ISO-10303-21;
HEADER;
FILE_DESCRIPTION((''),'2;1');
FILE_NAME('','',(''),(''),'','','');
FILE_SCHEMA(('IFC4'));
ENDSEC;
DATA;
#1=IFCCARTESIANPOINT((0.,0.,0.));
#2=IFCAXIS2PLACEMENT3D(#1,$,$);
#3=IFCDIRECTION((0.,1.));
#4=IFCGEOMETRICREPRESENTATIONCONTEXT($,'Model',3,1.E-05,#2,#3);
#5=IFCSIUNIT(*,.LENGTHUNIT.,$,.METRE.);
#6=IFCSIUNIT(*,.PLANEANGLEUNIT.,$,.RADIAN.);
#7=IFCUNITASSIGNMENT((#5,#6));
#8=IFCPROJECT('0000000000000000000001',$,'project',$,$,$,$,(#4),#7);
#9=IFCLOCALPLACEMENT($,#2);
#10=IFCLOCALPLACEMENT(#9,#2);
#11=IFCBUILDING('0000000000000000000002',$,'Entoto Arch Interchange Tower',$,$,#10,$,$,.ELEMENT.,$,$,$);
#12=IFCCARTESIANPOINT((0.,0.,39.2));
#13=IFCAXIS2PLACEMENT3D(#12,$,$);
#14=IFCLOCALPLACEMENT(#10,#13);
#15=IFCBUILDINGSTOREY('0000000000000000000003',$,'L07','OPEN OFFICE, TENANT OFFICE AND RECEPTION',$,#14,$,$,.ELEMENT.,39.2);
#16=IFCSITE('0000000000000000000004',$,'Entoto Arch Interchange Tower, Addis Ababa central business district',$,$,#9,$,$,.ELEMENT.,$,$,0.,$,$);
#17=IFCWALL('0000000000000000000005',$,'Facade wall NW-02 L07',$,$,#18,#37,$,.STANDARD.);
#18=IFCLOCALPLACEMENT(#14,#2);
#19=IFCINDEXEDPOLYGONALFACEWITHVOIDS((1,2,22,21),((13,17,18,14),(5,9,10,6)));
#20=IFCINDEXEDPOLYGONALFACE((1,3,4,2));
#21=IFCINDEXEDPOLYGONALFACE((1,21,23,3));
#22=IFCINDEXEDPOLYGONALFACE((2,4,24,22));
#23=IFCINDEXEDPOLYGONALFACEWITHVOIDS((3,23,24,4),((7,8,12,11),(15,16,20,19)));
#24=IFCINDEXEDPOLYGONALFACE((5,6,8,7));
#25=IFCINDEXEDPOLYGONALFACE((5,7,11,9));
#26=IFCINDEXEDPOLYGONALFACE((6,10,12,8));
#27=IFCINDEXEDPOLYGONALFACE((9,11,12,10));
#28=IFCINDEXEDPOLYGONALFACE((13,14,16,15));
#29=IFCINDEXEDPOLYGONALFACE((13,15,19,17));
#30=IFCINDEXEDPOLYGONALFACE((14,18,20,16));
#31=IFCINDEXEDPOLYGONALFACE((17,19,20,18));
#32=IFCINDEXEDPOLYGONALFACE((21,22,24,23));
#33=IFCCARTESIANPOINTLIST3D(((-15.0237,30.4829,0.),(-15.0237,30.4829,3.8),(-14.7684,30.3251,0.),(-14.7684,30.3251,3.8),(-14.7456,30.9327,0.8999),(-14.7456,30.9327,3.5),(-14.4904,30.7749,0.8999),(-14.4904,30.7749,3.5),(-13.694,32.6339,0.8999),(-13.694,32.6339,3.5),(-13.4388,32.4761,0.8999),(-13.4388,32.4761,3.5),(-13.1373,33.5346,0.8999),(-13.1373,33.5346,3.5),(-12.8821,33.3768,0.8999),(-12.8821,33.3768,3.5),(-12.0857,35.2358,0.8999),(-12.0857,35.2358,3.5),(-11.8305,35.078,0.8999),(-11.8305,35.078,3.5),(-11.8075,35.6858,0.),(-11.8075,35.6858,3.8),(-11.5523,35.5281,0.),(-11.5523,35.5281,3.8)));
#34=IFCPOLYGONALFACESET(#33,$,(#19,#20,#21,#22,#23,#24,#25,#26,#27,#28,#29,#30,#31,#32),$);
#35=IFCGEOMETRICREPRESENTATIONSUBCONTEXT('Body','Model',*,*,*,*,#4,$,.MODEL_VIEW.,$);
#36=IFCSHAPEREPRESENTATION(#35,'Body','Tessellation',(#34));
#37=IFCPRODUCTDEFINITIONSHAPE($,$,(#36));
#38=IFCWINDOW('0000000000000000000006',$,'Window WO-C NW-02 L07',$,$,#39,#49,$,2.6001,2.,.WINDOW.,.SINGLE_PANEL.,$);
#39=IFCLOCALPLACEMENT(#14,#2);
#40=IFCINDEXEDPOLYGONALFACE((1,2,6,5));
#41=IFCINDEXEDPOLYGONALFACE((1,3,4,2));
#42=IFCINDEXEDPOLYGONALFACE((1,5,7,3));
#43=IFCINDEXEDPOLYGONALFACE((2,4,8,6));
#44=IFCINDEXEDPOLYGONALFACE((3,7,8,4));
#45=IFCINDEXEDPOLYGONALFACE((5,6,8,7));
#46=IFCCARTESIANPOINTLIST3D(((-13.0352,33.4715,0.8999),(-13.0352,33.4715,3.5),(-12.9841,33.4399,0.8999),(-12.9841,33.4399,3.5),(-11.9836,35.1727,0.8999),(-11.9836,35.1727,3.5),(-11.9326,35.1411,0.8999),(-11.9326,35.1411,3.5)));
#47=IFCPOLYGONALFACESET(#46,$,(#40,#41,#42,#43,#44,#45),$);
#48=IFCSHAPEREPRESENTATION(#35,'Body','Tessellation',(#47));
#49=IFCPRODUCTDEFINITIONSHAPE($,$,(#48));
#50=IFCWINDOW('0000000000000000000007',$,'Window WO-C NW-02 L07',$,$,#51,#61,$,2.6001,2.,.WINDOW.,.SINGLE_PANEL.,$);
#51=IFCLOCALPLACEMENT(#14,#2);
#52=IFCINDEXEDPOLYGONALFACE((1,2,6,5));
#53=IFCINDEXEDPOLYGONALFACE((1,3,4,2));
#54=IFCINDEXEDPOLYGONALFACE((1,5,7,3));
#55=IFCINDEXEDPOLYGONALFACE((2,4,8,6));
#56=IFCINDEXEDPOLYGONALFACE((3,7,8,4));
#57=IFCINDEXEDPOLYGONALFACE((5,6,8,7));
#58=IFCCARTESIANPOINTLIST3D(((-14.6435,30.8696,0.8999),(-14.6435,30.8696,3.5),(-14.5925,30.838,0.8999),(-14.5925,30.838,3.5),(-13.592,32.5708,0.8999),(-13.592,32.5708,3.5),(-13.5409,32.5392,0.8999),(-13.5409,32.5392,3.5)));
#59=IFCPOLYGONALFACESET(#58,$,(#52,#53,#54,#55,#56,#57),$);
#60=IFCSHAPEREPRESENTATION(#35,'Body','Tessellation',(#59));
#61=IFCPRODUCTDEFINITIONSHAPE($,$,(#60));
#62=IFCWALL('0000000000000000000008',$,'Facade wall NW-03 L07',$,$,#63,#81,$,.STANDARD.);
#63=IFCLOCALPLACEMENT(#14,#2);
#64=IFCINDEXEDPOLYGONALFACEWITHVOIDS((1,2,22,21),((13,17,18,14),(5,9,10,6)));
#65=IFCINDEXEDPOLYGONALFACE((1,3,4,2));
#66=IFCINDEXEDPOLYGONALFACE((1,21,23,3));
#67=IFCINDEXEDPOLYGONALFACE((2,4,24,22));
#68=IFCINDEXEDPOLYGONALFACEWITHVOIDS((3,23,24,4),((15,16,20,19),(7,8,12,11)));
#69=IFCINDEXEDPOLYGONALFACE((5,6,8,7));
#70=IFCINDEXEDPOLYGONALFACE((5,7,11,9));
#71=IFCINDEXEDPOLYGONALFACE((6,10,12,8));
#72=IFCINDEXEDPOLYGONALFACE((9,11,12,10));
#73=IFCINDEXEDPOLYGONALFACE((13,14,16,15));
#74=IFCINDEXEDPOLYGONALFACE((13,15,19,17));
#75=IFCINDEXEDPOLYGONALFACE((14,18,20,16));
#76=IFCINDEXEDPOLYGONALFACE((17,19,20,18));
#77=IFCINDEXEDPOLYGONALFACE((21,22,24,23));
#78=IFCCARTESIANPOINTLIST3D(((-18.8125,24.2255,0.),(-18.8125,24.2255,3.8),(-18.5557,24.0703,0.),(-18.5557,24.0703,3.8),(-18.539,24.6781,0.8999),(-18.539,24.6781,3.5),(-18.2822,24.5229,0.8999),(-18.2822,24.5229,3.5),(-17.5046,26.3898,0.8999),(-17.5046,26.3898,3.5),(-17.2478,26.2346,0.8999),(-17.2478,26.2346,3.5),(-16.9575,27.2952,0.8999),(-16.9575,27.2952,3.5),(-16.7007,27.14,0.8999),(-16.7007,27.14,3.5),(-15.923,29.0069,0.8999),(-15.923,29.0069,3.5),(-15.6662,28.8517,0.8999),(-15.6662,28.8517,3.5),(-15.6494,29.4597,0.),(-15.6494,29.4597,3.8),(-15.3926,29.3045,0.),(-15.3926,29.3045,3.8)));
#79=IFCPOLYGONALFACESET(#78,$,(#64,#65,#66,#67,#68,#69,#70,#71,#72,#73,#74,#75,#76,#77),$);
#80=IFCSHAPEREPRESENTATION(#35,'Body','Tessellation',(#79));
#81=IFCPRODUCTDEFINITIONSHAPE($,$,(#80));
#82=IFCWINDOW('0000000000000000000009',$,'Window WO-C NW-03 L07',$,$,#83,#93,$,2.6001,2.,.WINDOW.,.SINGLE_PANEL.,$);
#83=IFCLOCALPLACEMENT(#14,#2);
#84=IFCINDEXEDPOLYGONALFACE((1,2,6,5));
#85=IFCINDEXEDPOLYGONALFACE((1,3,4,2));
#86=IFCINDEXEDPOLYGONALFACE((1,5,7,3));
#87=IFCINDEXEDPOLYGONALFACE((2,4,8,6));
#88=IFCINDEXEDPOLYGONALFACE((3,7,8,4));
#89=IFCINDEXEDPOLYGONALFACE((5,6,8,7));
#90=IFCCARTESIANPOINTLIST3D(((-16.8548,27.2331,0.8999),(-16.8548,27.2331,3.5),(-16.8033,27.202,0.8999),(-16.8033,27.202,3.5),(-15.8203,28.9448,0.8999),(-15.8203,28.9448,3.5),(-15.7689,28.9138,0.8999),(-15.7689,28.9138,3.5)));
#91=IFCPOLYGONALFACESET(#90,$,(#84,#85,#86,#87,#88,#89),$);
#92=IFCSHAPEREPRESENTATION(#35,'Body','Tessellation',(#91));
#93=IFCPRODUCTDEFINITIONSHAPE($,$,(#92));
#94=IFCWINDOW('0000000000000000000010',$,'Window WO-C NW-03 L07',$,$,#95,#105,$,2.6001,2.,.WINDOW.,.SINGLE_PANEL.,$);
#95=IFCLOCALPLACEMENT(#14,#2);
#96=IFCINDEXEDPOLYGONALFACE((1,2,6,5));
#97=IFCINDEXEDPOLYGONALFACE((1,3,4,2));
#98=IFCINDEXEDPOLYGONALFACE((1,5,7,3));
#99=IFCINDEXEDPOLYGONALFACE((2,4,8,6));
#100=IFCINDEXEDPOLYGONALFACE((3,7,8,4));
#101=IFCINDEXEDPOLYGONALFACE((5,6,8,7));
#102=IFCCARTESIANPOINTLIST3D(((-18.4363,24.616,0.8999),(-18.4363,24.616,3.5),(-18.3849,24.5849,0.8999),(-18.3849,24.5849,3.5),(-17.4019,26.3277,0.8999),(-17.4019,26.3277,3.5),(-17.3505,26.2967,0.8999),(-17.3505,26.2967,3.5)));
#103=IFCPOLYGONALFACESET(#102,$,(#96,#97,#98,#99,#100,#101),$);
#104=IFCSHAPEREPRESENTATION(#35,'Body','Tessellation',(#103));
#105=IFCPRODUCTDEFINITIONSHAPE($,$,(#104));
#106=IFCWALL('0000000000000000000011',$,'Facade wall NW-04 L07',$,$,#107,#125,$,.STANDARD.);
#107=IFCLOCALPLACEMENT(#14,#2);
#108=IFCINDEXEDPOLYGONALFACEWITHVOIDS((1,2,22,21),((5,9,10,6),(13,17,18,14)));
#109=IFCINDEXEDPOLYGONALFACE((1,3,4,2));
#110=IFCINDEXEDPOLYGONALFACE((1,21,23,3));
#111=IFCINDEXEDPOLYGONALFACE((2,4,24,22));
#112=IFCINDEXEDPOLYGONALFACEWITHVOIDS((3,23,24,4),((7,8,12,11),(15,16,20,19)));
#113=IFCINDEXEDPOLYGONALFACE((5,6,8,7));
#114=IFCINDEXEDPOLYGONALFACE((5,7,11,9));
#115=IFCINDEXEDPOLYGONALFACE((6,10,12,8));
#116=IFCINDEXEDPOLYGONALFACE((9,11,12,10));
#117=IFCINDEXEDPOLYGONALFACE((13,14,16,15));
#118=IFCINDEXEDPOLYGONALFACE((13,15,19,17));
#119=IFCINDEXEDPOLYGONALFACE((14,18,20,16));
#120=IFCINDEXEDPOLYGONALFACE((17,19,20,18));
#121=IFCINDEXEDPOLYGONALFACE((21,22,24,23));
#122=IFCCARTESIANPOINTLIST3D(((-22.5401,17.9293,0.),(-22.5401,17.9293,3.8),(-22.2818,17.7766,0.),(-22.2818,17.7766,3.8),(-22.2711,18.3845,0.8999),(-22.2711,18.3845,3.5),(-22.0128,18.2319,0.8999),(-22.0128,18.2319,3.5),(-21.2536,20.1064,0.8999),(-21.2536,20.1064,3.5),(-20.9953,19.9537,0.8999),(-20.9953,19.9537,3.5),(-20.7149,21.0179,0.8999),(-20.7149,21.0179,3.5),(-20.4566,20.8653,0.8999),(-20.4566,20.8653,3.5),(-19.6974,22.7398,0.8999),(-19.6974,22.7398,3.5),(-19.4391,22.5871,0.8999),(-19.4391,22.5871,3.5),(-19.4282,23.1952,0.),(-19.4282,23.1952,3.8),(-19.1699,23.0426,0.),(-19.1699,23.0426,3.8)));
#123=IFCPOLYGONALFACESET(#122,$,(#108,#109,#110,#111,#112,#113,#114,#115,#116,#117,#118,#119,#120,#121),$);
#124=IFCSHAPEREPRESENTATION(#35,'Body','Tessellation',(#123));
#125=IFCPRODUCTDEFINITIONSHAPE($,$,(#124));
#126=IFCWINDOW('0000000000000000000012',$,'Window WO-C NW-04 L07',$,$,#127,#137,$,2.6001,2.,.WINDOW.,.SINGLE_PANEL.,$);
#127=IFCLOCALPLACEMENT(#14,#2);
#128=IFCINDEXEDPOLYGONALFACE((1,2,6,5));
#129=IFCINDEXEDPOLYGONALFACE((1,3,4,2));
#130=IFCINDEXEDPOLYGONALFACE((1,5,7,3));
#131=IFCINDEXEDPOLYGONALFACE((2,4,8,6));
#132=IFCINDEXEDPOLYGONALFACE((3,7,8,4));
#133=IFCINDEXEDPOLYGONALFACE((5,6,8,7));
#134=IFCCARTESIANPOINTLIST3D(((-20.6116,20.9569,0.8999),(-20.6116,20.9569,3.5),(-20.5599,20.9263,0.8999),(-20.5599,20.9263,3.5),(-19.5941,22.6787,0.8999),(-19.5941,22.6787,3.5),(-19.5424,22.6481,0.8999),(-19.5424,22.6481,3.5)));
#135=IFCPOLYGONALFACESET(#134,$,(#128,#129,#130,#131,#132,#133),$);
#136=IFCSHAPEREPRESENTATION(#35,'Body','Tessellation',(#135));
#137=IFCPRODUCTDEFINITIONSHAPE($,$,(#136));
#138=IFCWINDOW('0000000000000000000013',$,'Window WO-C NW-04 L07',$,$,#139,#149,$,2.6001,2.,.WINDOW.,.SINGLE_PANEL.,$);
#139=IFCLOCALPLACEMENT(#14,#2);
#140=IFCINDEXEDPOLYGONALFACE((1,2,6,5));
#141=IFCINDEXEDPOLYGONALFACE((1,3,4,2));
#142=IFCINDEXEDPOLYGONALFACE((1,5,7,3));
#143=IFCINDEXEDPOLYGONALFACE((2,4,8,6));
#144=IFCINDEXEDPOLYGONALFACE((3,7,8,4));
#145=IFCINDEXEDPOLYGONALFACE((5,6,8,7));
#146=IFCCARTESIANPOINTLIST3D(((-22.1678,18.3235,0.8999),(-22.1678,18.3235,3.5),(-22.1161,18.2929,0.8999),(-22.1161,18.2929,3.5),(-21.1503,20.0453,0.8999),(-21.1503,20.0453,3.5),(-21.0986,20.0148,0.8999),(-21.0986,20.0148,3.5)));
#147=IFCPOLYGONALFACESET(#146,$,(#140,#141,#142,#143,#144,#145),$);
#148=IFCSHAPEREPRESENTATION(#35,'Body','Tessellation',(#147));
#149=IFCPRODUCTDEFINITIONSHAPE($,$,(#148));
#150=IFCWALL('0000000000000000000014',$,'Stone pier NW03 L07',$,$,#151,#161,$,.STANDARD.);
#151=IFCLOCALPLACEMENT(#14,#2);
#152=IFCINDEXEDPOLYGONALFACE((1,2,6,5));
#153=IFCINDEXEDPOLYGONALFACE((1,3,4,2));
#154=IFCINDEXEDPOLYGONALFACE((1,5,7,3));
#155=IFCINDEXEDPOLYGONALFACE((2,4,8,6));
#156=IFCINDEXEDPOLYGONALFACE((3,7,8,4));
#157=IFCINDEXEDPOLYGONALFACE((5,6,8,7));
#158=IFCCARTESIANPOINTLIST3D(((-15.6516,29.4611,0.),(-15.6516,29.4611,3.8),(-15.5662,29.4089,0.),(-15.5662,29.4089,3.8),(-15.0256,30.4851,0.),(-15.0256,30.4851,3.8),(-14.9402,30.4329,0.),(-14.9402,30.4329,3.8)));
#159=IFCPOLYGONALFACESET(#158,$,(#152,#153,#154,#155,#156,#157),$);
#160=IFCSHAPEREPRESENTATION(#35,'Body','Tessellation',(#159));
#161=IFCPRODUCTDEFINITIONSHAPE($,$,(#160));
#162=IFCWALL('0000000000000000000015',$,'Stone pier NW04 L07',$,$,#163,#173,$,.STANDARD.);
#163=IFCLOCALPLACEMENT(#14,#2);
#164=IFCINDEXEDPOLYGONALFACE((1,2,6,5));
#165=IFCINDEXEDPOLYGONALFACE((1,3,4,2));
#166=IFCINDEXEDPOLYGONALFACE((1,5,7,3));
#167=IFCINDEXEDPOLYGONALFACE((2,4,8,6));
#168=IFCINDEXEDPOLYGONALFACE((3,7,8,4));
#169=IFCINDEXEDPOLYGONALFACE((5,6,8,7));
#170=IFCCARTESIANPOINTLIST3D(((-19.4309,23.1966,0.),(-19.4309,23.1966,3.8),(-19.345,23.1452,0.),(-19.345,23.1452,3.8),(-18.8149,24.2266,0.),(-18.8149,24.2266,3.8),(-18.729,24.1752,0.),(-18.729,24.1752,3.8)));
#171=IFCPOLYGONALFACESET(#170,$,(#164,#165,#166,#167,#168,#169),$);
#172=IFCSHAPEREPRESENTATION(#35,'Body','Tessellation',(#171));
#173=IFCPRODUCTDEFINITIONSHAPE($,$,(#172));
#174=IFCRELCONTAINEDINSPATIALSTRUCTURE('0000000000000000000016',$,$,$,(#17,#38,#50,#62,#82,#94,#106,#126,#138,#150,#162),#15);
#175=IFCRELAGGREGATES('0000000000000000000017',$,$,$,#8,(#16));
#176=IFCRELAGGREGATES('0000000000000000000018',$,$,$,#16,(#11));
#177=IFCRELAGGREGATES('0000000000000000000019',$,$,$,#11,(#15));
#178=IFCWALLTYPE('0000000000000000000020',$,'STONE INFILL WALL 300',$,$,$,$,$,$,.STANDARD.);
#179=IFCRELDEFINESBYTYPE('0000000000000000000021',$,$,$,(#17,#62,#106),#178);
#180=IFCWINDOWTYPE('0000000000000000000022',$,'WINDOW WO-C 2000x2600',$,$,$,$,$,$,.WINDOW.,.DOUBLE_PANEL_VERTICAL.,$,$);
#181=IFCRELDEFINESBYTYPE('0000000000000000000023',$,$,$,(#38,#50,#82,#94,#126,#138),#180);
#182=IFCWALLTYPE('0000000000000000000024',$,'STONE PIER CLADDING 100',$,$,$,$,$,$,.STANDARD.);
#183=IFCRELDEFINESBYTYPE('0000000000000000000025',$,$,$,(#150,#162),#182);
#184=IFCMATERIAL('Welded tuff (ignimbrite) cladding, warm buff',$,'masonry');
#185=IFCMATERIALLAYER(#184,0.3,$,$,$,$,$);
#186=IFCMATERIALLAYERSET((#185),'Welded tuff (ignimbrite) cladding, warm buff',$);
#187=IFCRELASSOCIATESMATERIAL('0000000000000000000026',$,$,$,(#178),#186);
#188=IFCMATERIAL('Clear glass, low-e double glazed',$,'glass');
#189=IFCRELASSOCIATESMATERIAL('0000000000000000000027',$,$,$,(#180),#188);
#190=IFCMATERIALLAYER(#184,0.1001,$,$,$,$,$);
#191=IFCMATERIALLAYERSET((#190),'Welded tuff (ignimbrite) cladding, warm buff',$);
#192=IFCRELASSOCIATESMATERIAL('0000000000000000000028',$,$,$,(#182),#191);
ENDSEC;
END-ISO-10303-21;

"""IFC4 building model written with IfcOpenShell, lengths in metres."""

from ifc_helpers import new_model, si_unit, direction, frame, frame_2d, origin, place, context, subcontext, project, spatial, rectangle, extrude, material, layer, layer_set, type_object, element, fill, save


model = new_model("IFC4")

# Units and contexts
model_context = context("Model", 3, precision=1e-05, world=origin(), true_north=direction((0.0, 1.0)))
body_context = subcontext(model_context, "Body", "Model", "MODEL_VIEW")
ifc_project = project(units=[si_unit("LENGTHUNIT", "METRE"), si_unit("PLANEANGLEUNIT", "RADIAN")], contexts=[model_context])

# Site, building, storey
site_placement = place(None, origin())
site = spatial("IfcSite", under=ifc_project, at=site_placement, Name="Entoto Arch Interchange Tower, Addis Ababa central business district", CompositionType="ELEMENT", RefElevation=0.0)
building_placement = place(site_placement, origin())
building = spatial("IfcBuilding", under=site, at=building_placement, Name="Entoto Arch Interchange Tower", CompositionType="ELEMENT")
storey_placement = place(building_placement, frame((0.0, 0.0, 39.2)))
storey = spatial("IfcBuildingStorey", under=building, at=storey_placement, Name="L07", Description="OPEN OFFICE, TENANT OFFICE AND RECEPTION", CompositionType="ELEMENT", Elevation=39.2)

# Walls, openings, windows
ifc_material_1 = material(Name="Welded tuff (ignimbrite) cladding, warm buff", Category="masonry")
ifc_layer_1 = layer(ifc_material_1, 0.3)
ifc_layer_set_1 = layer_set([ifc_layer_1], Name="Welded tuff (ignimbrite) cladding, warm buff")
wall_type_1 = type_object("IfcWallType", Name="STONE INFILL WALL 300", PredefinedType="STANDARD", material=ifc_layer_set_1)
wall_1_placement = place(storey_placement, frame((-11.6799, 35.6069, 0.0), z_axis=(0.0, 0.0, 1.0), x_axis=(-0.525791, -0.850614, 0.0)))
wall_1 = element("IfcWall", 1, at=wall_1_placement, inside=storey, type_object=wall_type_1, Name="Facade wall NW-02 L07", PredefinedType="STANDARD", context=body_context, shape_type="SweptSolid", body=[
    extrude(rectangle(XDim=6.1167, YDim=0.3, at=frame_2d((3.0583, 0.0))), origin(), (0.0, 0.0, 1.0), 3.8),
])
opening_1_placement = place(wall_1_placement, frame((0.5291, 0.0, 0.8999)))
opening_1 = element("IfcOpeningElement", 2, at=opening_1_placement, cuts=wall_1, PredefinedType="OPENING", context=body_context, shape_type="SweptSolid", body=[
    extrude(rectangle(XDim=2.0, YDim=2.6001, at=frame_2d((1.0, 1.3))), frame((0.0, 0.1602, 0.0), z_axis=(0.0, -1.0, 0.0), x_axis=(1.0, 0.0, 0.0)), (0.0, 0.0, 1.0), 0.3201),
])
opening_2_placement = place(wall_1_placement, frame((3.5879, 0.0, 0.8999)))
opening_2 = element("IfcOpeningElement", 3, at=opening_2_placement, cuts=wall_1, PredefinedType="OPENING", context=body_context, shape_type="SweptSolid", body=[
    extrude(rectangle(XDim=2.0, YDim=2.6001, at=frame_2d((1.0, 1.3))), frame((0.0, 0.1602, 0.0), z_axis=(0.0, -1.0, 0.0), x_axis=(1.0, 0.0, 0.0)), (0.0, 0.0, 1.0), 0.3201),
])
ifc_material_2 = material(Name="Clear glass, low-e double glazed", Category="glass")
window_type = type_object("IfcWindowType", Name="WINDOW WO-C 2000x2600", PartitioningType="DOUBLE_PANEL_VERTICAL", PredefinedType="WINDOW", material=ifc_material_2)
window_1_placement = place(opening_1_placement, origin())
window_1 = element("IfcWindow", 4, at=window_1_placement, inside=storey, type_object=window_type, Name="Window WO-C NW-02 L07", OverallHeight=2.6001, OverallWidth=2.0, PartitioningType="SINGLE_PANEL", PredefinedType="WINDOW", context=body_context, shape_type="SweptSolid", body=[
    extrude(rectangle(XDim=2.0, YDim=2.6001, at=frame_2d((1.0, 1.3))), frame((0.0, 0.03, 0.0), z_axis=(0.0, -1.0, 0.0), x_axis=(1.0, 0.0, 0.0)), (0.0, 0.0, 1.0), 0.0601),
])
fill(opening_1, window_1)
window_2_placement = place(opening_2_placement, origin())
window_2 = element("IfcWindow", 5, at=window_2_placement, inside=storey, type_object=window_type, Name="Window WO-C NW-02 L07", OverallHeight=2.6001, OverallWidth=2.0, PartitioningType="SINGLE_PANEL", PredefinedType="WINDOW", context=body_context, shape_type="SweptSolid", body=[
    extrude(rectangle(XDim=2.0, YDim=2.6001, at=frame_2d((1.0, 1.3))), frame((0.0, 0.03, 0.0), z_axis=(0.0, -1.0, 0.0), x_axis=(1.0, 0.0, 0.0)), (0.0, 0.0, 1.0), 0.0601),
])
fill(opening_2, window_2)
wall_2_placement = place(storey_placement, frame((-15.521, 29.3821, 0.0), z_axis=(0.0, 0.0, 1.0), x_axis=(-0.517211, -0.855858, 0.0)))
wall_2 = element("IfcWall", 6, at=wall_2_placement, inside=storey, type_object=wall_type_1, Name="Facade wall NW-03 L07", PredefinedType="STANDARD", context=body_context, shape_type="SweptSolid", body=[
    extrude(rectangle(XDim=6.1157, YDim=0.3, at=frame_2d((3.0579, 0.0))), origin(), (0.0, 0.0, 1.0), 3.8),
])
opening_3_placement = place(wall_2_placement, frame((0.5291, 0.0, 0.8999)))
opening_3 = element("IfcOpeningElement", 7, at=opening_3_placement, cuts=wall_2, PredefinedType="OPENING", context=body_context, shape_type="SweptSolid", body=[
    extrude(rectangle(XDim=2.0, YDim=2.6001, at=frame_2d((1.0, 1.3))), frame((0.0, 0.1602, 0.0), z_axis=(0.0, -1.0, 0.0), x_axis=(1.0, 0.0, 0.0)), (0.0, 0.0, 1.0), 0.3201),
])
opening_4_placement = place(wall_2_placement, frame((3.5869, 0.0, 0.8999)))
opening_4 = element("IfcOpeningElement", 8, at=opening_4_placement, cuts=wall_2, PredefinedType="OPENING", context=body_context, shape_type="SweptSolid", body=[
    extrude(rectangle(XDim=2.0, YDim=2.6001, at=frame_2d((1.0, 1.3))), frame((0.0, 0.1602, 0.0), z_axis=(0.0, -1.0, 0.0), x_axis=(1.0, 0.0, 0.0)), (0.0, 0.0, 1.0), 0.3201),
])
window_3_placement = place(opening_3_placement, origin())
window_3 = element("IfcWindow", 9, at=window_3_placement, inside=storey, type_object=window_type, Name="Window WO-C NW-03 L07", OverallHeight=2.6001, OverallWidth=2.0, PartitioningType="SINGLE_PANEL", PredefinedType="WINDOW", context=body_context, shape_type="SweptSolid", body=[
    extrude(rectangle(XDim=2.0, YDim=2.6001, at=frame_2d((1.0, 1.3))), frame((0.0, 0.03, 0.0), z_axis=(0.0, -1.0, 0.0), x_axis=(1.0, 0.0, 0.0)), (0.0, 0.0, 1.0), 0.0601),
])
fill(opening_3, window_3)
window_4_placement = place(opening_4_placement, origin())
window_4 = element("IfcWindow", 10, at=window_4_placement, inside=storey, type_object=window_type, Name="Window WO-C NW-03 L07", OverallHeight=2.6001, OverallWidth=2.0, PartitioningType="SINGLE_PANEL", PredefinedType="WINDOW", context=body_context, shape_type="SweptSolid", body=[
    extrude(rectangle(XDim=2.0, YDim=2.6001, at=frame_2d((1.0, 1.3))), frame((0.0, 0.03, 0.0), z_axis=(0.0, -1.0, 0.0), x_axis=(1.0, 0.0, 0.0)), (0.0, 0.0, 1.0), 0.0601),
])
fill(opening_4, window_4)
wall_3_placement = place(storey_placement, frame((-19.2991, 23.1189, 0.0), z_axis=(0.0, 0.0, 1.0), x_axis=(-0.508749, -0.860915, 0.0)))
wall_3 = element("IfcWall", 11, at=wall_3_placement, inside=storey, type_object=wall_type_1, Name="Facade wall NW-04 L07", PredefinedType="STANDARD", context=body_context, shape_type="SweptSolid", body=[
    extrude(rectangle(XDim=6.1167, YDim=0.3, at=frame_2d((3.0583, 0.0))), origin(), (0.0, 0.0, 1.0), 3.8),
])
opening_5_placement = place(wall_3_placement, frame((0.5291, 0.0, 0.8999)))
opening_5 = element("IfcOpeningElement", 12, at=opening_5_placement, cuts=wall_3, PredefinedType="OPENING", context=body_context, shape_type="SweptSolid", body=[
    extrude(rectangle(XDim=2.0, YDim=2.6001, at=frame_2d((1.0, 1.3))), frame((0.0, 0.1602, 0.0), z_axis=(0.0, -1.0, 0.0), x_axis=(1.0, 0.0, 0.0)), (0.0, 0.0, 1.0), 0.3201),
])
opening_6_placement = place(wall_3_placement, frame((3.5879, 0.0, 0.8999)))
opening_6 = element("IfcOpeningElement", 13, at=opening_6_placement, cuts=wall_3, PredefinedType="OPENING", context=body_context, shape_type="SweptSolid", body=[
    extrude(rectangle(XDim=2.0, YDim=2.6001, at=frame_2d((1.0, 1.3))), frame((0.0, 0.1602, 0.0), z_axis=(0.0, -1.0, 0.0), x_axis=(1.0, 0.0, 0.0)), (0.0, 0.0, 1.0), 0.3201),
])
window_5_placement = place(opening_5_placement, origin())
window_5 = element("IfcWindow", 14, at=window_5_placement, inside=storey, type_object=window_type, Name="Window WO-C NW-04 L07", OverallHeight=2.6001, OverallWidth=2.0, PartitioningType="SINGLE_PANEL", PredefinedType="WINDOW", context=body_context, shape_type="SweptSolid", body=[
    extrude(rectangle(XDim=2.0, YDim=2.6001, at=frame_2d((1.0, 1.3))), frame((0.0, 0.03, 0.0), z_axis=(0.0, -1.0, 0.0), x_axis=(1.0, 0.0, 0.0)), (0.0, 0.0, 1.0), 0.0601),
])
fill(opening_5, window_5)
window_6_placement = place(opening_6_placement, origin())
window_6 = element("IfcWindow", 15, at=window_6_placement, inside=storey, type_object=window_type, Name="Window WO-C NW-04 L07", OverallHeight=2.6001, OverallWidth=2.0, PartitioningType="SINGLE_PANEL", PredefinedType="WINDOW", context=body_context, shape_type="SweptSolid", body=[
    extrude(rectangle(XDim=2.0, YDim=2.6001, at=frame_2d((1.0, 1.3))), frame((0.0, 0.03, 0.0), z_axis=(0.0, -1.0, 0.0), x_axis=(1.0, 0.0, 0.0)), (0.0, 0.0, 1.0), 0.0601),
])
fill(opening_6, window_6)

# Walls
ifc_layer_2 = layer(ifc_material_1, 0.1001)
ifc_layer_set_2 = layer_set([ifc_layer_2], Name="Welded tuff (ignimbrite) cladding, warm buff")
wall_type_2 = type_object("IfcWallType", Name="STONE PIER CLADDING 100", PredefinedType="STANDARD", material=ifc_layer_set_2)
for number, where, z_axis, x_axis, name in (
    (16, (-14.9829, 30.459, 0.0), (0.0, 0.0, 1.0), (-0.521598, -0.853191, 0.0), "Stone pier NW03 L07"),
    (17, (-18.772, 24.2009, 0.0), (0.0, 0.0, 1.0), (-0.513239, -0.858246, 0.0), "Stone pier NW04 L07"),
):
    element("IfcWall", number, at=place(storey_placement, frame(where, z_axis=z_axis, x_axis=x_axis)), inside=storey, type_object=wall_type_2, Name=name, PredefinedType="STANDARD", context=body_context, shape_type="SweptSolid", body=[
        extrude(rectangle(XDim=1.2002, YDim=0.1001, at=frame_2d((0.6001, 0.0))), origin(), (0.0, 0.0, 1.0), 3.8),
    ])

save(model, "model.ifc")
